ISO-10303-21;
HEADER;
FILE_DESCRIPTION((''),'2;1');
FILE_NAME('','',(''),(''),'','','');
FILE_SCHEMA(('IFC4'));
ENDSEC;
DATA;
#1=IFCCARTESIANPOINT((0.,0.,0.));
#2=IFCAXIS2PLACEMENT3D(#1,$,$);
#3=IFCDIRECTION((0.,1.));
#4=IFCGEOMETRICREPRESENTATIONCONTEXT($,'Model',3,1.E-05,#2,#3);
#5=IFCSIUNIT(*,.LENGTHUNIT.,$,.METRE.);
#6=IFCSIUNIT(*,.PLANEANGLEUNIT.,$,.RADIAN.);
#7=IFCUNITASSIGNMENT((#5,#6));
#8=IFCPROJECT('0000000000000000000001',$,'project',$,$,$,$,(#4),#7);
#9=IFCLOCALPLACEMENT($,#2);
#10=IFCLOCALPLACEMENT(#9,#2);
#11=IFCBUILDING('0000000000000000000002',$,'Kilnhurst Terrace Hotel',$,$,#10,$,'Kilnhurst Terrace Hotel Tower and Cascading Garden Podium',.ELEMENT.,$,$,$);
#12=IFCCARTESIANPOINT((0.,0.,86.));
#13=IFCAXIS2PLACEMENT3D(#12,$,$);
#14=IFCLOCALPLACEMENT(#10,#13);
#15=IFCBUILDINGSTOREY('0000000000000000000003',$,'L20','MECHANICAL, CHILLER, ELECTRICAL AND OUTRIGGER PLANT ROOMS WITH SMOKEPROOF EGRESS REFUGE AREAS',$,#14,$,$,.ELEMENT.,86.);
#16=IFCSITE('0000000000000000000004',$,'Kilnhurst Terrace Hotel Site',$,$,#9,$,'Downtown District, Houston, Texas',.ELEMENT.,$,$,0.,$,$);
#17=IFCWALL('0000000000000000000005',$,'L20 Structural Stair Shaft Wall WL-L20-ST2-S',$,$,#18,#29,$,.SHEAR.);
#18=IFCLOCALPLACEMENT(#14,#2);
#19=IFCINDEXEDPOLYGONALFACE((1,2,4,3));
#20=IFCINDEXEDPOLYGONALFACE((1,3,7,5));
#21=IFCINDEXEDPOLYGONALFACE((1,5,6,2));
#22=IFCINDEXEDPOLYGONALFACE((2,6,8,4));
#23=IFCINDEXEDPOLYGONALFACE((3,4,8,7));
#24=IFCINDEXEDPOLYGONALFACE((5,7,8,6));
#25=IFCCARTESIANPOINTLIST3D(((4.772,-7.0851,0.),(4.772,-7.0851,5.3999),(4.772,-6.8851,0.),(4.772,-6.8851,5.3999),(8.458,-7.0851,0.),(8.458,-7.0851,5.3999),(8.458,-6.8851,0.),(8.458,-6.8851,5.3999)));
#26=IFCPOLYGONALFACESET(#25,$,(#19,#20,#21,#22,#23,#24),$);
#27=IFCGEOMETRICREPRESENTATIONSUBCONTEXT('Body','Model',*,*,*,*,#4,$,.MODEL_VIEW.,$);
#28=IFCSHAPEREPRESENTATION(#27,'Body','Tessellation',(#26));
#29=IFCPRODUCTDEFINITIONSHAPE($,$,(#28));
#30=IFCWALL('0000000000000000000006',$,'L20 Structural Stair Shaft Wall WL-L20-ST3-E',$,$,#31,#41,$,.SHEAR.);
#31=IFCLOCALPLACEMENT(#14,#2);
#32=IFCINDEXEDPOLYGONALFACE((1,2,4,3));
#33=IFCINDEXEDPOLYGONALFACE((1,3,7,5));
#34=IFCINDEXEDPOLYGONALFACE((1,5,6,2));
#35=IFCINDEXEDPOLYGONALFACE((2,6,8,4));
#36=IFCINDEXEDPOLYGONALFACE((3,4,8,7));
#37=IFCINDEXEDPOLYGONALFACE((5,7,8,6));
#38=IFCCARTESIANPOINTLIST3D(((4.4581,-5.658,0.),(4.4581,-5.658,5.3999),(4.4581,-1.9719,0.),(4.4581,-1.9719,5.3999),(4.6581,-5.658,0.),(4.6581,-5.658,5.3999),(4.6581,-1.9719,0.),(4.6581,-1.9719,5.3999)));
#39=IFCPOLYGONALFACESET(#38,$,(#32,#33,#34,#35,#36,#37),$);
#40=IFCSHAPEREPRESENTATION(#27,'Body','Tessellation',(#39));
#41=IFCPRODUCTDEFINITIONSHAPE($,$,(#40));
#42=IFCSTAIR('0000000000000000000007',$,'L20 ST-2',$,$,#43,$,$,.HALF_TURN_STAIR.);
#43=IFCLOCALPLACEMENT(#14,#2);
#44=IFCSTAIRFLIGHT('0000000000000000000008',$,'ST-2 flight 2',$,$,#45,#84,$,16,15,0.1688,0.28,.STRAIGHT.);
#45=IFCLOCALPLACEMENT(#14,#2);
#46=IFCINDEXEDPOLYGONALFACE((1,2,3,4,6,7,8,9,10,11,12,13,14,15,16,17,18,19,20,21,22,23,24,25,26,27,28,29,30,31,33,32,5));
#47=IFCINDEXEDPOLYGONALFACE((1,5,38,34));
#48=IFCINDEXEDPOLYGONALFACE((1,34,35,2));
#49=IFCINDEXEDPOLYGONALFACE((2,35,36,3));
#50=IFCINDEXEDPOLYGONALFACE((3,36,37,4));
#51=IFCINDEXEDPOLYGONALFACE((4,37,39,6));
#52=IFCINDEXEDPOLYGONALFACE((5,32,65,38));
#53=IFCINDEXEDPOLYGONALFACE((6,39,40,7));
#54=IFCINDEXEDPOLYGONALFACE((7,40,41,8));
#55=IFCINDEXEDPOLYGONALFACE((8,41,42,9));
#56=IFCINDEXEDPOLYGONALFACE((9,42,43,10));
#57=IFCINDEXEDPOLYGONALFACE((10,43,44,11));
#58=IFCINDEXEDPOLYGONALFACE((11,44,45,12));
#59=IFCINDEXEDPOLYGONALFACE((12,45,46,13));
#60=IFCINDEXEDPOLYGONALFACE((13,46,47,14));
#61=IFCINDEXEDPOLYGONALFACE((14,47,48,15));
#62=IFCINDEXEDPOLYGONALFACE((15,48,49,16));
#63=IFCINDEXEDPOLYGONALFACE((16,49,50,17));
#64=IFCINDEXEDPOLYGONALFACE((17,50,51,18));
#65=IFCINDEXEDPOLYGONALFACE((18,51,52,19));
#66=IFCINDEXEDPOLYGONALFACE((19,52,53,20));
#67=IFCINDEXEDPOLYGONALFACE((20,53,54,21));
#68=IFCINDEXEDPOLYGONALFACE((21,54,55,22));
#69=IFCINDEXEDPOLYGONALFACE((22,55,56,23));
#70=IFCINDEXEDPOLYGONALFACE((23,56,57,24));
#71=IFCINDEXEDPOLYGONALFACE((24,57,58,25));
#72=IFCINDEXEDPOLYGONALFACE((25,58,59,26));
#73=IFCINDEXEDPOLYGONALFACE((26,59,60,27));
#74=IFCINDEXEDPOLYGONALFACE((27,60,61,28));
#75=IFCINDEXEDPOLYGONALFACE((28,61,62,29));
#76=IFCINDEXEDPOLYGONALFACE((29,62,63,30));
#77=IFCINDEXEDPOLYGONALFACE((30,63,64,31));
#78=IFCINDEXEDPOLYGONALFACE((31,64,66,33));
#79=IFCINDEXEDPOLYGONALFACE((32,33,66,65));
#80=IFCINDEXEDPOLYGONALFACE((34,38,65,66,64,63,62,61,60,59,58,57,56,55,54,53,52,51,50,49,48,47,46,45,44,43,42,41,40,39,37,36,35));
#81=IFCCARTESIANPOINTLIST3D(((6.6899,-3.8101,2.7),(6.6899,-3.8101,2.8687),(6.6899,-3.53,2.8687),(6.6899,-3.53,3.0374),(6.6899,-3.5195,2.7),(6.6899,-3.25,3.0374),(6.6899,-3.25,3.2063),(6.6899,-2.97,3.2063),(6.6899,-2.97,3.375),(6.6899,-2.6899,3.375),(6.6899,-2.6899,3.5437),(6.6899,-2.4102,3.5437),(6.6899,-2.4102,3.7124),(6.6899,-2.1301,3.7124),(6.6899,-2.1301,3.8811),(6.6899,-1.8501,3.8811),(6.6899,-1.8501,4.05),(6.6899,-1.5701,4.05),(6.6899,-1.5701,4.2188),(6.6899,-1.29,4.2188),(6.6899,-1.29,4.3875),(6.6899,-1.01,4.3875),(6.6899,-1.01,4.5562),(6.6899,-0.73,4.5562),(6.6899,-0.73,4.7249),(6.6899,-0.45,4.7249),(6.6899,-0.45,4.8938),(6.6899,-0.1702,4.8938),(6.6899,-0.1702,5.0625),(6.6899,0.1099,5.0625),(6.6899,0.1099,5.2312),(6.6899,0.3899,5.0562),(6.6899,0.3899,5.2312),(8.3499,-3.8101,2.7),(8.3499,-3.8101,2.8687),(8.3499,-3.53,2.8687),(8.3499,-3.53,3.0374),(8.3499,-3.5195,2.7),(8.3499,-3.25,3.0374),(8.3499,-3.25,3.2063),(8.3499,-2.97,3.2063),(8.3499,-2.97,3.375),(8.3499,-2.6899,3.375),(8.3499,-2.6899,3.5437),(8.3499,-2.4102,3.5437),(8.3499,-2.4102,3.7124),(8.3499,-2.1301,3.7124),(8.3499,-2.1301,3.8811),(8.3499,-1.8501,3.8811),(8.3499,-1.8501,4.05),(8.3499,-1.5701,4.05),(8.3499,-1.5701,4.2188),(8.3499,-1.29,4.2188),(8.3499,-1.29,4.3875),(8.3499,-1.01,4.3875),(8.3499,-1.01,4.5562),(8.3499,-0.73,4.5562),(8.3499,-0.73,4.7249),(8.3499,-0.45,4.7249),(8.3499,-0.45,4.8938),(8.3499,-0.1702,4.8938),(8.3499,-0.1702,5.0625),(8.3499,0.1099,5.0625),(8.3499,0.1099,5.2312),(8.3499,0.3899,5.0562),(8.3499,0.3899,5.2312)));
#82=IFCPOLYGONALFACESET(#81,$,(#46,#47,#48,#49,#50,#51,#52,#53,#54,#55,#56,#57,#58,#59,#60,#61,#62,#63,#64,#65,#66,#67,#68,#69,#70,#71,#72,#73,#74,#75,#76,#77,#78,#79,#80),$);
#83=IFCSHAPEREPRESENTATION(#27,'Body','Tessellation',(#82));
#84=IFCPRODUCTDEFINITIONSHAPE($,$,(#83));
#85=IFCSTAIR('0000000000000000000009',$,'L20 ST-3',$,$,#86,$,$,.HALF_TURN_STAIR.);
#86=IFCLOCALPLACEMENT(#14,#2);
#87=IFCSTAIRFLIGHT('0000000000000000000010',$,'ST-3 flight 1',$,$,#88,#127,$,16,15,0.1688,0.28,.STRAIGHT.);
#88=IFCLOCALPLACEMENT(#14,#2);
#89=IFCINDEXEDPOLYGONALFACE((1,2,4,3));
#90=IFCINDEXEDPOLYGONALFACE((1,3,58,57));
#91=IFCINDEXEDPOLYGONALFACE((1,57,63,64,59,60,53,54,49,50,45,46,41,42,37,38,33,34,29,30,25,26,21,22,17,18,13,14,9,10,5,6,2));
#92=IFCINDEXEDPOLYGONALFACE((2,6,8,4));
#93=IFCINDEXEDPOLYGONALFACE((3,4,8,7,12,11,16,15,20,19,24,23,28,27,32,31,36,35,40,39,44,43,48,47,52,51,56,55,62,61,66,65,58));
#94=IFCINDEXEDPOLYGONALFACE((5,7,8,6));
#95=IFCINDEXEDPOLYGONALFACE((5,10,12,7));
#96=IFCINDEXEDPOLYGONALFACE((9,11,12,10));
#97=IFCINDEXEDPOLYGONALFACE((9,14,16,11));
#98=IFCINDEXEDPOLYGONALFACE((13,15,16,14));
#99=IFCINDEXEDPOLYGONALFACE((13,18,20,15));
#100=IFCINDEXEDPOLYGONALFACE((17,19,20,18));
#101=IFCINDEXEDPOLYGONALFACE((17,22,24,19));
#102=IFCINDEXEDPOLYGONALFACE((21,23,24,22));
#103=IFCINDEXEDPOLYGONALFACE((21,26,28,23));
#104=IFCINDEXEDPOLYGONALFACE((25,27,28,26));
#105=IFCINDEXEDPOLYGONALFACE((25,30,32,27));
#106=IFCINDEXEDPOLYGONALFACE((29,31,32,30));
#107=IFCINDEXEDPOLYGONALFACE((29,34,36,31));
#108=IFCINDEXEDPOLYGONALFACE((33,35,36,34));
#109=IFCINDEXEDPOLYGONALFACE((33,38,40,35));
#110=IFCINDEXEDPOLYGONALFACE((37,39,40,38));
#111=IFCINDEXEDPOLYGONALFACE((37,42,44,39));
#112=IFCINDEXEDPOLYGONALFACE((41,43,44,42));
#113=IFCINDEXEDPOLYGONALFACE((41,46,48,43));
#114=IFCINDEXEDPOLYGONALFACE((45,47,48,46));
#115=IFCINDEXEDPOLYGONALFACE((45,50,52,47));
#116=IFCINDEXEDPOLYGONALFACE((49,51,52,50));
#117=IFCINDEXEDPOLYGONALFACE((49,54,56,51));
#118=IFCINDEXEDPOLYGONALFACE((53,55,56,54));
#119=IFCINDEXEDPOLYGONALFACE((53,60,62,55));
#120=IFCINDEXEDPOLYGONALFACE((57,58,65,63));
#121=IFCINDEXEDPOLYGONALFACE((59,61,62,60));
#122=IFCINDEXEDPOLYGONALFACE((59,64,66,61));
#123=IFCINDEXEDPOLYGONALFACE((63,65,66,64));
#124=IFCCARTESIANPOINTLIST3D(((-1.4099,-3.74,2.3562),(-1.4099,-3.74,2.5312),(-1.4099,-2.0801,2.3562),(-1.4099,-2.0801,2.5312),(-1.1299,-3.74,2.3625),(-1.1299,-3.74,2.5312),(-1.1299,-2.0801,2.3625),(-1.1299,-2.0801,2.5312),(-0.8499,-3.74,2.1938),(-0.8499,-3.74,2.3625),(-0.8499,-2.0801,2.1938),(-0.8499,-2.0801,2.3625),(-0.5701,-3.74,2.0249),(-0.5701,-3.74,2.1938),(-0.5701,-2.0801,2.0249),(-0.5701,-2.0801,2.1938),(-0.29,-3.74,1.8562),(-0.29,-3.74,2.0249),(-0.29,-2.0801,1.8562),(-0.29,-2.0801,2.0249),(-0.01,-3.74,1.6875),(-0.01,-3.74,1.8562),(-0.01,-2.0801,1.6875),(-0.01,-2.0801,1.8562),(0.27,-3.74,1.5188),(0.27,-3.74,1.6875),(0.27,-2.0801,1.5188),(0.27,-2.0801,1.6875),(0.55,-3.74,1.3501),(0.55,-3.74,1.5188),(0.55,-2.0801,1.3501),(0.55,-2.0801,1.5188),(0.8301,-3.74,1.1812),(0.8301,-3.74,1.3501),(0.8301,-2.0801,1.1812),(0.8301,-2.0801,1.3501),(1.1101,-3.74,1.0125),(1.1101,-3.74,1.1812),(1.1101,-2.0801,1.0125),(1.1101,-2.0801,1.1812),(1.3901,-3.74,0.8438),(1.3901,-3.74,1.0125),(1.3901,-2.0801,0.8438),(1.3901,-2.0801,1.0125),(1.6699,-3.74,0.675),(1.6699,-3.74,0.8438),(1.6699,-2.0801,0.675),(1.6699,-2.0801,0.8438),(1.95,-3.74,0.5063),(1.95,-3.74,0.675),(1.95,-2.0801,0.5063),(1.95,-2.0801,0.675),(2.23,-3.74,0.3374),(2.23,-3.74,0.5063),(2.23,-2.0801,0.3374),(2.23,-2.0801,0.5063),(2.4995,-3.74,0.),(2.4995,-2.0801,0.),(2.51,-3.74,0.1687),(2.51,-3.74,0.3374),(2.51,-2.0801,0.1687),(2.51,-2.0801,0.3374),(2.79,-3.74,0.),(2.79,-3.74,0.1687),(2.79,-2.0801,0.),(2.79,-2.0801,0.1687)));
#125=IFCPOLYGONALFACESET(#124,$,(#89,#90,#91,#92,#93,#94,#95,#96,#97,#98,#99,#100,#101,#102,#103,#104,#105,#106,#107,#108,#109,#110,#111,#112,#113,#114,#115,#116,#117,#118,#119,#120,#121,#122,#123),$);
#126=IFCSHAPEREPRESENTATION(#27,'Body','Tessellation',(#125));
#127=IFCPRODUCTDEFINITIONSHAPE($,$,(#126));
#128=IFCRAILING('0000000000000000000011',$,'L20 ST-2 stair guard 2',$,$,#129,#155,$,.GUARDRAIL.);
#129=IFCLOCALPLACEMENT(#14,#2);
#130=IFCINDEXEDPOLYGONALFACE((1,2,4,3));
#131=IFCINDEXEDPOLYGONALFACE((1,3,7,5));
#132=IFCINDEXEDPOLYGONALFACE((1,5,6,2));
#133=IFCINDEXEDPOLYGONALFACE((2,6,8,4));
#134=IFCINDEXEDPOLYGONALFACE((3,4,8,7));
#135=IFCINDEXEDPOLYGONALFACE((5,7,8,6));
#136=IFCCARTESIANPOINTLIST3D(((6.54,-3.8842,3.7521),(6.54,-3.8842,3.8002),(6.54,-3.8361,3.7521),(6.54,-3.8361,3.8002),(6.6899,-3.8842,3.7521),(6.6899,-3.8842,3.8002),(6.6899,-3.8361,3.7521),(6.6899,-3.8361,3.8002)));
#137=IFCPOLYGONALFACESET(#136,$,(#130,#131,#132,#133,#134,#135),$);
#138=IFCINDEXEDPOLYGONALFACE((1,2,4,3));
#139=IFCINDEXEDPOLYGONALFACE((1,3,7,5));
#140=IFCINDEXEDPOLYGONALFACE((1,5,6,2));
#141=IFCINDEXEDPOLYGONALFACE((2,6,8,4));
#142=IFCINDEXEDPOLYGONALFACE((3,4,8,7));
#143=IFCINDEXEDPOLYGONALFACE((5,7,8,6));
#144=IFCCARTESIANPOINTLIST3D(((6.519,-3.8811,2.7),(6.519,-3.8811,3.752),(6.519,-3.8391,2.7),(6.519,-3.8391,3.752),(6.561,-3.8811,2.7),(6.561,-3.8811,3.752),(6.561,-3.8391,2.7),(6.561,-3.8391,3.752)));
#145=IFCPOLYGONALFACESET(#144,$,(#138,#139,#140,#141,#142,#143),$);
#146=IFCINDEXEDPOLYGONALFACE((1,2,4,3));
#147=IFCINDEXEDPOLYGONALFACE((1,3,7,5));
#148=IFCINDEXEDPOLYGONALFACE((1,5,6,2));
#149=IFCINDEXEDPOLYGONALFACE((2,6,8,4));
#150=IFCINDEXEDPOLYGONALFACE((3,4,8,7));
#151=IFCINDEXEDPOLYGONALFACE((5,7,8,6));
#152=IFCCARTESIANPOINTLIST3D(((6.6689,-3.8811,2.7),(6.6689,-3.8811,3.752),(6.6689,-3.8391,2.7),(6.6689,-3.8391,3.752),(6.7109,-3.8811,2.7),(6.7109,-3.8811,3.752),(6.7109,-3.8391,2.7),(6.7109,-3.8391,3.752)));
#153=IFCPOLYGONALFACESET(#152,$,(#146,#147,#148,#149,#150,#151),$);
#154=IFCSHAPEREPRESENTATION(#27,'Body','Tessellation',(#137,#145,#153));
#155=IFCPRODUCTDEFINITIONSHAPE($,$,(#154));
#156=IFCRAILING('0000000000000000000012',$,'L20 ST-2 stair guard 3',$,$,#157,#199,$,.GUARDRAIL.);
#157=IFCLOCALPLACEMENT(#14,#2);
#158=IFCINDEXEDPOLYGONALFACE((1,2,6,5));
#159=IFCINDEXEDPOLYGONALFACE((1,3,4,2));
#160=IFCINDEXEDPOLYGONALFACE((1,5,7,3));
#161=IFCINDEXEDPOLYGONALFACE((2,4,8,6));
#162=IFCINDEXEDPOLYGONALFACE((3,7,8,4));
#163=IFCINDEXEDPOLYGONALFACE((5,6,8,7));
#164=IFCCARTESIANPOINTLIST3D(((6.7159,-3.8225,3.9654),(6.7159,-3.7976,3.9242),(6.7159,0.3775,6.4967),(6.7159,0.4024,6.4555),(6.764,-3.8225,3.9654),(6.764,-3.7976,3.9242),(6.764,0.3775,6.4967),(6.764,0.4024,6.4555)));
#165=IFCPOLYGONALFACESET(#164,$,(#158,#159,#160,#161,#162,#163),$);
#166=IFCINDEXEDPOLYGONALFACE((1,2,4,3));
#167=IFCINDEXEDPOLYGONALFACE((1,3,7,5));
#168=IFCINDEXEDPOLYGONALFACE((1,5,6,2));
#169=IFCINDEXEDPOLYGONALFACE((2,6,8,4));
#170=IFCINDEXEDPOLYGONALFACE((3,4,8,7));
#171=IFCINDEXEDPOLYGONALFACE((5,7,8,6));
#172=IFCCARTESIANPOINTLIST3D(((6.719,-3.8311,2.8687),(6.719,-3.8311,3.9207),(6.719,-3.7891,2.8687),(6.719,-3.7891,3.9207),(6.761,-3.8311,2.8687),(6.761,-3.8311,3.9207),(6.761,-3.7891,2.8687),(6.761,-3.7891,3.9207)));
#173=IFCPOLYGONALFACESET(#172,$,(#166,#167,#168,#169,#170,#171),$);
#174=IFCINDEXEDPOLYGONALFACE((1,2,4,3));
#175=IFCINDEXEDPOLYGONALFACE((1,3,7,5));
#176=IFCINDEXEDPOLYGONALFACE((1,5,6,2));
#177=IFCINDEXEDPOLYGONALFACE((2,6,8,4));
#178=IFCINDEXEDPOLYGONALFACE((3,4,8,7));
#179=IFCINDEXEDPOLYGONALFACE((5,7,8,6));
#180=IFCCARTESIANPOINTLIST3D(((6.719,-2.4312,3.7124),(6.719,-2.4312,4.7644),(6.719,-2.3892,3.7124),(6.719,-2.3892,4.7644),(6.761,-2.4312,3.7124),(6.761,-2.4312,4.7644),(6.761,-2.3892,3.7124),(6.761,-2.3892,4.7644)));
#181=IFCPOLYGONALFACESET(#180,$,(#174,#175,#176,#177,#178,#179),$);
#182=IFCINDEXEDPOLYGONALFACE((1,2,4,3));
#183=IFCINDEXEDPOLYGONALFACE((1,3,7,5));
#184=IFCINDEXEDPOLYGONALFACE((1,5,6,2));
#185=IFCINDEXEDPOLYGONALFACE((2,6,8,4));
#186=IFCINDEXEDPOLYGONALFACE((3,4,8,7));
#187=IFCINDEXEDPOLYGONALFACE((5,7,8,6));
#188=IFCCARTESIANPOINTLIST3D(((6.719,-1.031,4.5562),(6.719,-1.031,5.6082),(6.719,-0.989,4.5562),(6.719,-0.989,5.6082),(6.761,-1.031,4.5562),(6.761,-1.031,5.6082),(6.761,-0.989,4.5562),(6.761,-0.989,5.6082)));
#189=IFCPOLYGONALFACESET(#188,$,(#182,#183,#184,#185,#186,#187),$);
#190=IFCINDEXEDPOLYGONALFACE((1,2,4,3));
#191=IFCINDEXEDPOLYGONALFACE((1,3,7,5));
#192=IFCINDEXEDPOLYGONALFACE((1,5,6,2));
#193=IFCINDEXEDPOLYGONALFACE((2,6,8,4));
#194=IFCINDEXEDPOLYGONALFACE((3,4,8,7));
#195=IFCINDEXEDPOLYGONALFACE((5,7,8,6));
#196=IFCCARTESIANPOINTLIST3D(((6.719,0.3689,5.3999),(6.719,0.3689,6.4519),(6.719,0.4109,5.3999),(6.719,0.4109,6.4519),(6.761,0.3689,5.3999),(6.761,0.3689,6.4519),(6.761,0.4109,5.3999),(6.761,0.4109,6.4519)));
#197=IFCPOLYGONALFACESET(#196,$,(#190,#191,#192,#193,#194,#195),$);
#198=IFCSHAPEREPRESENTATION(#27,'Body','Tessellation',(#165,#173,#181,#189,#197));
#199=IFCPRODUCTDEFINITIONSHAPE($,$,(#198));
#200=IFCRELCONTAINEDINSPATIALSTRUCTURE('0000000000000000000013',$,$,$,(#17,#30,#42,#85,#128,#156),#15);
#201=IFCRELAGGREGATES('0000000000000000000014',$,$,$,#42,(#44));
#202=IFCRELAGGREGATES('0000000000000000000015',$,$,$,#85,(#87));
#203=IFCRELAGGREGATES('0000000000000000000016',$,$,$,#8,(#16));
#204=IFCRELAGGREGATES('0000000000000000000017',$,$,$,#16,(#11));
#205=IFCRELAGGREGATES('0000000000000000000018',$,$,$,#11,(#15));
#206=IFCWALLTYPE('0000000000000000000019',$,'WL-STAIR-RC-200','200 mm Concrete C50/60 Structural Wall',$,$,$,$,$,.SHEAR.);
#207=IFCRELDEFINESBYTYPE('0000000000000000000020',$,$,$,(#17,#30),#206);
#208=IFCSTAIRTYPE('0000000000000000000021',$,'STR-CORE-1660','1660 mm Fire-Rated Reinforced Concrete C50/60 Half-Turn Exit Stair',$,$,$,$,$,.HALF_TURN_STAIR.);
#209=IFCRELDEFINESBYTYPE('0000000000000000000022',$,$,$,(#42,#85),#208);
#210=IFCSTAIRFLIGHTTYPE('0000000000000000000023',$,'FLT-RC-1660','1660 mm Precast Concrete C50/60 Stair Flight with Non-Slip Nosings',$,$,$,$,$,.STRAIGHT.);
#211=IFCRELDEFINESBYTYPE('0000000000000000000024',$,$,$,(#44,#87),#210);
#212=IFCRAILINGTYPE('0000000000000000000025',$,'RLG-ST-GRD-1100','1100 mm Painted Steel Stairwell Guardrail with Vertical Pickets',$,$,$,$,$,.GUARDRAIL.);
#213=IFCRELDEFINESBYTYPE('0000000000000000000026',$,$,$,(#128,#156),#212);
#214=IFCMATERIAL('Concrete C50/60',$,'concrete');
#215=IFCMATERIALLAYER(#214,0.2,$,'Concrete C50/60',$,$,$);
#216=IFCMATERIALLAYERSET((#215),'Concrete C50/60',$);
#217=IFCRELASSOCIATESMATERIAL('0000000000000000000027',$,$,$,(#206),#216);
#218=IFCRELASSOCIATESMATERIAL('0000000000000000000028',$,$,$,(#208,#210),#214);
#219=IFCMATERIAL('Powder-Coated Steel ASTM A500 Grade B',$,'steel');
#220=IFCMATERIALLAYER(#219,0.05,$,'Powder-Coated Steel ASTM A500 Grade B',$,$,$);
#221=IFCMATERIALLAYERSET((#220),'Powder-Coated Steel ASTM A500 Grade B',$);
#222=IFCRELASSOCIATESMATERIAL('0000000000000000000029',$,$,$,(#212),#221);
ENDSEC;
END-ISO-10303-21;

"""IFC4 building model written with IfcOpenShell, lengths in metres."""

from ifc_helpers import new_model, si_unit, direction, frame, frame_2d, origin, origin_2d, place, context, subcontext, project, spatial, polyline, rectangle, outline, extrude, material, layer, layer_set, type_object, element, aggregate, save


model = new_model("IFC4")

# Units and contexts
model_context = context("Model", 3, precision=1e-05, world=origin(), true_north=direction((0.0, 1.0)))
body_context = subcontext(model_context, "Body", "Model", "MODEL_VIEW")
ifc_project = project(units=[si_unit("LENGTHUNIT", "METRE"), si_unit("PLANEANGLEUNIT", "RADIAN")], contexts=[model_context])

# Site, building, storey
site_placement = place(None, origin())
site = spatial("IfcSite", under=ifc_project, at=site_placement, Name="Kilnhurst Terrace Hotel Site", LongName="Downtown District, Houston, Texas", CompositionType="ELEMENT", RefElevation=0.0)
building_placement = place(site_placement, origin())
building = spatial("IfcBuilding", under=site, at=building_placement, Name="Kilnhurst Terrace Hotel", LongName="Kilnhurst Terrace Hotel Tower and Cascading Garden Podium", CompositionType="ELEMENT")
storey_placement = place(building_placement, frame((0.0, 0.0, 86.0)))
storey = spatial("IfcBuildingStorey", under=building, at=storey_placement, Name="L20", Description="MECHANICAL, CHILLER, ELECTRICAL AND OUTRIGGER PLANT ROOMS WITH SMOKEPROOF EGRESS REFUGE AREAS", CompositionType="ELEMENT", Elevation=86.0)

# Walls
ifc_material_1 = material(Name="Concrete C50/60", Category="concrete")
ifc_layer_1 = layer(ifc_material_1, 0.2, Name="Concrete C50/60")
ifc_layer_set_1 = layer_set([ifc_layer_1], Name="Concrete C50/60")
wall_type_1 = type_object("IfcWallType", Name="WL-STAIR-RC-200", Description="200 mm Concrete C50/60 Structural Wall", PredefinedType="SHEAR", material=ifc_layer_set_1)
for number, where, z_axis, x_axis, name in (
    (1, (4.772, -6.9851, 0.0), (0.0, 0.0, 1.0), (1.0, 0.0, 0.0), "L20 Structural Stair Shaft Wall WL-L20-ST2-S"),
    (2, (4.5581, -5.658, 0.0), (0.0, 0.0, 1.0), (0.0, 1.0, 0.0), "L20 Structural Stair Shaft Wall WL-L20-ST3-E"),
):
    element("IfcWall", number, at=place(storey_placement, frame(where, z_axis=z_axis, x_axis=x_axis)), inside=storey, type_object=wall_type_1, Name=name, PredefinedType="SHEAR", context=body_context, shape_type="SweptSolid", body=[
        extrude(rectangle(XDim=3.686, YDim=0.2, at=frame_2d((1.843, 0.0))), origin(), (0.0, 0.0, 1.0), 5.3999),
    ])

# Stairs, stair flights
stair_type = type_object("IfcStairType", Name="STR-CORE-1660", Description="1660 mm Fire-Rated Reinforced Concrete C50/60 Half-Turn Exit Stair", PredefinedType="HALF_TURN_STAIR", material=ifc_material_1)
stair_1_placement = place(storey_placement, origin())
stair_1 = element("IfcStair", 3, at=stair_1_placement, inside=storey, type_object=stair_type, Name="L20 ST-2", PredefinedType="HALF_TURN_STAIR")
stair_flight_type = type_object("IfcStairFlightType", Name="FLT-RC-1660", Description="1660 mm Precast Concrete C50/60 Stair Flight with Non-Slip Nosings", PredefinedType="STRAIGHT", material=ifc_material_1)
stair_flight_1_placement = place(storey_placement, frame((7.52, -3.8101, 2.7), z_axis=(0.0, 0.0, 1.0), x_axis=(0.0, 1.0, 0.0)))
stair_flight_1 = element("IfcStairFlight", 4, at=stair_flight_1_placement, type_object=stair_flight_type, Name="ST-2 flight 2", NumberOfRisers=16, NumberOfTreads=15, PredefinedType="STRAIGHT", RiserHeight=0.1688, TreadLength=0.28, context=body_context, shape_type="SweptSolid", body=[
    extrude(outline(polyline([(0.0, 0.0), (0.0, 0.1687), (0.28, 0.1687), (0.28, 0.3374), (0.5601, 0.3374), (0.5601, 0.5063), (0.8401, 0.5063), (0.8401, 0.675), (1.1201, 0.675), (1.1201, 0.8438), (1.3999, 0.8438), (1.3999, 1.0125), (1.6799, 1.0125), (1.6799, 1.1812), (1.96, 1.1812), (1.96, 1.3501), (2.24, 1.3501), (2.24, 1.5188), (2.52, 1.5188), (2.52, 1.6875), (2.8, 1.6875), (2.8, 1.8562), (3.0801, 1.8562), (3.0801, 2.0249), (3.3601, 2.0249), (3.3601, 2.1938), (3.6399, 2.1938), (3.6399, 2.3625), (3.9199, 2.3625), (3.9199, 2.5312), (4.2, 2.5312), (4.2, 2.7), (4.2, 2.3562), (0.2905, 0.0), (0.0, 0.0)])), frame((0.0, 0.8301, 0.0), z_axis=(0.0, -1.0, 0.0), x_axis=(1.0, 0.0, 0.0)), (0.0, 0.0, 1.0), 1.6599),
])
aggregate(stair_1, [stair_flight_1])
stair_2_placement = place(storey_placement, origin())
stair_2 = element("IfcStair", 5, at=stair_2_placement, inside=storey, type_object=stair_type, Name="L20 ST-3", PredefinedType="HALF_TURN_STAIR")
stair_flight_2_placement = place(storey_placement, frame((2.79, -2.9099, 0.0), z_axis=(0.0, 0.0, 1.0), x_axis=(-1.0, 0.0, 0.0)))
stair_flight_2 = element("IfcStairFlight", 6, at=stair_flight_2_placement, type_object=stair_flight_type, Name="ST-3 flight 1", NumberOfRisers=16, NumberOfTreads=15, PredefinedType="STRAIGHT", RiserHeight=0.1688, TreadLength=0.28, context=body_context, shape_type="SweptSolid", body=[
    extrude(outline(polyline([(0.0, 0.0), (0.0, 0.1687), (0.28, 0.1687), (0.28, 0.3374), (0.5601, 0.3374), (0.5601, 0.5063), (0.8401, 0.5063), (0.8401, 0.675), (1.1201, 0.675), (1.1201, 0.8438), (1.3999, 0.8438), (1.3999, 1.0125), (1.6799, 1.0125), (1.6799, 1.1812), (1.96, 1.1812), (1.96, 1.3501), (2.24, 1.3501), (2.24, 1.5188), (2.52, 1.5188), (2.52, 1.6875), (2.8, 1.6875), (2.8, 1.8562), (3.0801, 1.8562), (3.0801, 2.0249), (3.3601, 2.0249), (3.3601, 2.1938), (3.6399, 2.1938), (3.6399, 2.3625), (3.9199, 2.3625), (3.9199, 2.5312), (4.2, 2.5312), (4.2, 2.7), (4.2, 2.3562), (0.2905, 0.0), (0.0, 0.0)])), frame((0.0, 0.8301, 0.0), z_axis=(0.0, -1.0, 0.0), x_axis=(1.0, 0.0, 0.0)), (0.0, 0.0, 1.0), 1.6599),
])
aggregate(stair_2, [stair_flight_2])

# Railings
ifc_material_2 = material(Name="Powder-Coated Steel ASTM A500 Grade B", Category="steel")
ifc_layer_2 = layer(ifc_material_2, 0.05, Name="Powder-Coated Steel ASTM A500 Grade B")
ifc_layer_set_2 = layer_set([ifc_layer_2], Name="Powder-Coated Steel ASTM A500 Grade B")
railing_type_1 = type_object("IfcRailingType", Name="RLG-ST-GRD-1100", Description="1100 mm Painted Steel Stairwell Guardrail with Vertical Pickets", PredefinedType="GUARDRAIL", material=ifc_layer_set_2)
railing_1_placement = place(storey_placement, frame((6.54, -3.8601, 2.7)))
element("IfcRailing", 7, at=railing_1_placement, inside=storey, type_object=railing_type_1, Name="L20 ST-2 stair guard 2", PredefinedType="GUARDRAIL", context=body_context, shape_type="SweptSolid", body=[
    extrude(rectangle(XDim=0.0481, YDim=0.0481, at=origin_2d()), frame((0.0, 0.0, 1.0762), z_axis=(1.0, 0.0, 0.0), x_axis=(0.0, 1.0, 0.0)), (0.0, 0.0, 1.0), 0.1499),
    extrude(rectangle(XDim=0.042, YDim=0.042, at=origin_2d()), origin(), (0.0, 0.0, 1.0), 1.052),
    extrude(rectangle(XDim=0.042, YDim=0.042, at=origin_2d()), frame((0.1499, 0.0, 0.0)), (0.0, 0.0, 1.0), 1.052),
])
railing_2_placement = place(storey_placement, frame((6.74, -3.8101, 2.8687)))
element("IfcRailing", 8, at=railing_2_placement, inside=storey, type_object=railing_type_1, Name="L20 ST-2 stair guard 3", PredefinedType="GUARDRAIL", context=body_context, shape_type="SweptSolid", body=[
    extrude(rectangle(XDim=0.0481, YDim=0.0481, at=origin_2d()), frame((0.0, 0.0, 1.0762), z_axis=(0.0, 0.856476, 0.516186), x_axis=(-1.0, 0.0, 0.0)), (0.0, 0.0, 1.0), 4.9038),
    extrude(rectangle(XDim=0.042, YDim=0.042, at=origin_2d()), origin(), (0.0, 0.0, 1.0), 1.052),
    extrude(rectangle(XDim=0.042, YDim=0.042, at=origin_2d()), frame((0.0, 1.3999, 0.8438)), (0.0, 0.0, 1.0), 1.052),
    extrude(rectangle(XDim=0.042, YDim=0.042, at=origin_2d()), frame((0.0, 2.8, 1.6875)), (0.0, 0.0, 1.0), 1.052),
    extrude(rectangle(XDim=0.042, YDim=0.042, at=origin_2d()), frame((0.0, 4.2, 2.5312)), (0.0, 0.0, 1.0), 1.052),
])

save(model, "model.ifc")
